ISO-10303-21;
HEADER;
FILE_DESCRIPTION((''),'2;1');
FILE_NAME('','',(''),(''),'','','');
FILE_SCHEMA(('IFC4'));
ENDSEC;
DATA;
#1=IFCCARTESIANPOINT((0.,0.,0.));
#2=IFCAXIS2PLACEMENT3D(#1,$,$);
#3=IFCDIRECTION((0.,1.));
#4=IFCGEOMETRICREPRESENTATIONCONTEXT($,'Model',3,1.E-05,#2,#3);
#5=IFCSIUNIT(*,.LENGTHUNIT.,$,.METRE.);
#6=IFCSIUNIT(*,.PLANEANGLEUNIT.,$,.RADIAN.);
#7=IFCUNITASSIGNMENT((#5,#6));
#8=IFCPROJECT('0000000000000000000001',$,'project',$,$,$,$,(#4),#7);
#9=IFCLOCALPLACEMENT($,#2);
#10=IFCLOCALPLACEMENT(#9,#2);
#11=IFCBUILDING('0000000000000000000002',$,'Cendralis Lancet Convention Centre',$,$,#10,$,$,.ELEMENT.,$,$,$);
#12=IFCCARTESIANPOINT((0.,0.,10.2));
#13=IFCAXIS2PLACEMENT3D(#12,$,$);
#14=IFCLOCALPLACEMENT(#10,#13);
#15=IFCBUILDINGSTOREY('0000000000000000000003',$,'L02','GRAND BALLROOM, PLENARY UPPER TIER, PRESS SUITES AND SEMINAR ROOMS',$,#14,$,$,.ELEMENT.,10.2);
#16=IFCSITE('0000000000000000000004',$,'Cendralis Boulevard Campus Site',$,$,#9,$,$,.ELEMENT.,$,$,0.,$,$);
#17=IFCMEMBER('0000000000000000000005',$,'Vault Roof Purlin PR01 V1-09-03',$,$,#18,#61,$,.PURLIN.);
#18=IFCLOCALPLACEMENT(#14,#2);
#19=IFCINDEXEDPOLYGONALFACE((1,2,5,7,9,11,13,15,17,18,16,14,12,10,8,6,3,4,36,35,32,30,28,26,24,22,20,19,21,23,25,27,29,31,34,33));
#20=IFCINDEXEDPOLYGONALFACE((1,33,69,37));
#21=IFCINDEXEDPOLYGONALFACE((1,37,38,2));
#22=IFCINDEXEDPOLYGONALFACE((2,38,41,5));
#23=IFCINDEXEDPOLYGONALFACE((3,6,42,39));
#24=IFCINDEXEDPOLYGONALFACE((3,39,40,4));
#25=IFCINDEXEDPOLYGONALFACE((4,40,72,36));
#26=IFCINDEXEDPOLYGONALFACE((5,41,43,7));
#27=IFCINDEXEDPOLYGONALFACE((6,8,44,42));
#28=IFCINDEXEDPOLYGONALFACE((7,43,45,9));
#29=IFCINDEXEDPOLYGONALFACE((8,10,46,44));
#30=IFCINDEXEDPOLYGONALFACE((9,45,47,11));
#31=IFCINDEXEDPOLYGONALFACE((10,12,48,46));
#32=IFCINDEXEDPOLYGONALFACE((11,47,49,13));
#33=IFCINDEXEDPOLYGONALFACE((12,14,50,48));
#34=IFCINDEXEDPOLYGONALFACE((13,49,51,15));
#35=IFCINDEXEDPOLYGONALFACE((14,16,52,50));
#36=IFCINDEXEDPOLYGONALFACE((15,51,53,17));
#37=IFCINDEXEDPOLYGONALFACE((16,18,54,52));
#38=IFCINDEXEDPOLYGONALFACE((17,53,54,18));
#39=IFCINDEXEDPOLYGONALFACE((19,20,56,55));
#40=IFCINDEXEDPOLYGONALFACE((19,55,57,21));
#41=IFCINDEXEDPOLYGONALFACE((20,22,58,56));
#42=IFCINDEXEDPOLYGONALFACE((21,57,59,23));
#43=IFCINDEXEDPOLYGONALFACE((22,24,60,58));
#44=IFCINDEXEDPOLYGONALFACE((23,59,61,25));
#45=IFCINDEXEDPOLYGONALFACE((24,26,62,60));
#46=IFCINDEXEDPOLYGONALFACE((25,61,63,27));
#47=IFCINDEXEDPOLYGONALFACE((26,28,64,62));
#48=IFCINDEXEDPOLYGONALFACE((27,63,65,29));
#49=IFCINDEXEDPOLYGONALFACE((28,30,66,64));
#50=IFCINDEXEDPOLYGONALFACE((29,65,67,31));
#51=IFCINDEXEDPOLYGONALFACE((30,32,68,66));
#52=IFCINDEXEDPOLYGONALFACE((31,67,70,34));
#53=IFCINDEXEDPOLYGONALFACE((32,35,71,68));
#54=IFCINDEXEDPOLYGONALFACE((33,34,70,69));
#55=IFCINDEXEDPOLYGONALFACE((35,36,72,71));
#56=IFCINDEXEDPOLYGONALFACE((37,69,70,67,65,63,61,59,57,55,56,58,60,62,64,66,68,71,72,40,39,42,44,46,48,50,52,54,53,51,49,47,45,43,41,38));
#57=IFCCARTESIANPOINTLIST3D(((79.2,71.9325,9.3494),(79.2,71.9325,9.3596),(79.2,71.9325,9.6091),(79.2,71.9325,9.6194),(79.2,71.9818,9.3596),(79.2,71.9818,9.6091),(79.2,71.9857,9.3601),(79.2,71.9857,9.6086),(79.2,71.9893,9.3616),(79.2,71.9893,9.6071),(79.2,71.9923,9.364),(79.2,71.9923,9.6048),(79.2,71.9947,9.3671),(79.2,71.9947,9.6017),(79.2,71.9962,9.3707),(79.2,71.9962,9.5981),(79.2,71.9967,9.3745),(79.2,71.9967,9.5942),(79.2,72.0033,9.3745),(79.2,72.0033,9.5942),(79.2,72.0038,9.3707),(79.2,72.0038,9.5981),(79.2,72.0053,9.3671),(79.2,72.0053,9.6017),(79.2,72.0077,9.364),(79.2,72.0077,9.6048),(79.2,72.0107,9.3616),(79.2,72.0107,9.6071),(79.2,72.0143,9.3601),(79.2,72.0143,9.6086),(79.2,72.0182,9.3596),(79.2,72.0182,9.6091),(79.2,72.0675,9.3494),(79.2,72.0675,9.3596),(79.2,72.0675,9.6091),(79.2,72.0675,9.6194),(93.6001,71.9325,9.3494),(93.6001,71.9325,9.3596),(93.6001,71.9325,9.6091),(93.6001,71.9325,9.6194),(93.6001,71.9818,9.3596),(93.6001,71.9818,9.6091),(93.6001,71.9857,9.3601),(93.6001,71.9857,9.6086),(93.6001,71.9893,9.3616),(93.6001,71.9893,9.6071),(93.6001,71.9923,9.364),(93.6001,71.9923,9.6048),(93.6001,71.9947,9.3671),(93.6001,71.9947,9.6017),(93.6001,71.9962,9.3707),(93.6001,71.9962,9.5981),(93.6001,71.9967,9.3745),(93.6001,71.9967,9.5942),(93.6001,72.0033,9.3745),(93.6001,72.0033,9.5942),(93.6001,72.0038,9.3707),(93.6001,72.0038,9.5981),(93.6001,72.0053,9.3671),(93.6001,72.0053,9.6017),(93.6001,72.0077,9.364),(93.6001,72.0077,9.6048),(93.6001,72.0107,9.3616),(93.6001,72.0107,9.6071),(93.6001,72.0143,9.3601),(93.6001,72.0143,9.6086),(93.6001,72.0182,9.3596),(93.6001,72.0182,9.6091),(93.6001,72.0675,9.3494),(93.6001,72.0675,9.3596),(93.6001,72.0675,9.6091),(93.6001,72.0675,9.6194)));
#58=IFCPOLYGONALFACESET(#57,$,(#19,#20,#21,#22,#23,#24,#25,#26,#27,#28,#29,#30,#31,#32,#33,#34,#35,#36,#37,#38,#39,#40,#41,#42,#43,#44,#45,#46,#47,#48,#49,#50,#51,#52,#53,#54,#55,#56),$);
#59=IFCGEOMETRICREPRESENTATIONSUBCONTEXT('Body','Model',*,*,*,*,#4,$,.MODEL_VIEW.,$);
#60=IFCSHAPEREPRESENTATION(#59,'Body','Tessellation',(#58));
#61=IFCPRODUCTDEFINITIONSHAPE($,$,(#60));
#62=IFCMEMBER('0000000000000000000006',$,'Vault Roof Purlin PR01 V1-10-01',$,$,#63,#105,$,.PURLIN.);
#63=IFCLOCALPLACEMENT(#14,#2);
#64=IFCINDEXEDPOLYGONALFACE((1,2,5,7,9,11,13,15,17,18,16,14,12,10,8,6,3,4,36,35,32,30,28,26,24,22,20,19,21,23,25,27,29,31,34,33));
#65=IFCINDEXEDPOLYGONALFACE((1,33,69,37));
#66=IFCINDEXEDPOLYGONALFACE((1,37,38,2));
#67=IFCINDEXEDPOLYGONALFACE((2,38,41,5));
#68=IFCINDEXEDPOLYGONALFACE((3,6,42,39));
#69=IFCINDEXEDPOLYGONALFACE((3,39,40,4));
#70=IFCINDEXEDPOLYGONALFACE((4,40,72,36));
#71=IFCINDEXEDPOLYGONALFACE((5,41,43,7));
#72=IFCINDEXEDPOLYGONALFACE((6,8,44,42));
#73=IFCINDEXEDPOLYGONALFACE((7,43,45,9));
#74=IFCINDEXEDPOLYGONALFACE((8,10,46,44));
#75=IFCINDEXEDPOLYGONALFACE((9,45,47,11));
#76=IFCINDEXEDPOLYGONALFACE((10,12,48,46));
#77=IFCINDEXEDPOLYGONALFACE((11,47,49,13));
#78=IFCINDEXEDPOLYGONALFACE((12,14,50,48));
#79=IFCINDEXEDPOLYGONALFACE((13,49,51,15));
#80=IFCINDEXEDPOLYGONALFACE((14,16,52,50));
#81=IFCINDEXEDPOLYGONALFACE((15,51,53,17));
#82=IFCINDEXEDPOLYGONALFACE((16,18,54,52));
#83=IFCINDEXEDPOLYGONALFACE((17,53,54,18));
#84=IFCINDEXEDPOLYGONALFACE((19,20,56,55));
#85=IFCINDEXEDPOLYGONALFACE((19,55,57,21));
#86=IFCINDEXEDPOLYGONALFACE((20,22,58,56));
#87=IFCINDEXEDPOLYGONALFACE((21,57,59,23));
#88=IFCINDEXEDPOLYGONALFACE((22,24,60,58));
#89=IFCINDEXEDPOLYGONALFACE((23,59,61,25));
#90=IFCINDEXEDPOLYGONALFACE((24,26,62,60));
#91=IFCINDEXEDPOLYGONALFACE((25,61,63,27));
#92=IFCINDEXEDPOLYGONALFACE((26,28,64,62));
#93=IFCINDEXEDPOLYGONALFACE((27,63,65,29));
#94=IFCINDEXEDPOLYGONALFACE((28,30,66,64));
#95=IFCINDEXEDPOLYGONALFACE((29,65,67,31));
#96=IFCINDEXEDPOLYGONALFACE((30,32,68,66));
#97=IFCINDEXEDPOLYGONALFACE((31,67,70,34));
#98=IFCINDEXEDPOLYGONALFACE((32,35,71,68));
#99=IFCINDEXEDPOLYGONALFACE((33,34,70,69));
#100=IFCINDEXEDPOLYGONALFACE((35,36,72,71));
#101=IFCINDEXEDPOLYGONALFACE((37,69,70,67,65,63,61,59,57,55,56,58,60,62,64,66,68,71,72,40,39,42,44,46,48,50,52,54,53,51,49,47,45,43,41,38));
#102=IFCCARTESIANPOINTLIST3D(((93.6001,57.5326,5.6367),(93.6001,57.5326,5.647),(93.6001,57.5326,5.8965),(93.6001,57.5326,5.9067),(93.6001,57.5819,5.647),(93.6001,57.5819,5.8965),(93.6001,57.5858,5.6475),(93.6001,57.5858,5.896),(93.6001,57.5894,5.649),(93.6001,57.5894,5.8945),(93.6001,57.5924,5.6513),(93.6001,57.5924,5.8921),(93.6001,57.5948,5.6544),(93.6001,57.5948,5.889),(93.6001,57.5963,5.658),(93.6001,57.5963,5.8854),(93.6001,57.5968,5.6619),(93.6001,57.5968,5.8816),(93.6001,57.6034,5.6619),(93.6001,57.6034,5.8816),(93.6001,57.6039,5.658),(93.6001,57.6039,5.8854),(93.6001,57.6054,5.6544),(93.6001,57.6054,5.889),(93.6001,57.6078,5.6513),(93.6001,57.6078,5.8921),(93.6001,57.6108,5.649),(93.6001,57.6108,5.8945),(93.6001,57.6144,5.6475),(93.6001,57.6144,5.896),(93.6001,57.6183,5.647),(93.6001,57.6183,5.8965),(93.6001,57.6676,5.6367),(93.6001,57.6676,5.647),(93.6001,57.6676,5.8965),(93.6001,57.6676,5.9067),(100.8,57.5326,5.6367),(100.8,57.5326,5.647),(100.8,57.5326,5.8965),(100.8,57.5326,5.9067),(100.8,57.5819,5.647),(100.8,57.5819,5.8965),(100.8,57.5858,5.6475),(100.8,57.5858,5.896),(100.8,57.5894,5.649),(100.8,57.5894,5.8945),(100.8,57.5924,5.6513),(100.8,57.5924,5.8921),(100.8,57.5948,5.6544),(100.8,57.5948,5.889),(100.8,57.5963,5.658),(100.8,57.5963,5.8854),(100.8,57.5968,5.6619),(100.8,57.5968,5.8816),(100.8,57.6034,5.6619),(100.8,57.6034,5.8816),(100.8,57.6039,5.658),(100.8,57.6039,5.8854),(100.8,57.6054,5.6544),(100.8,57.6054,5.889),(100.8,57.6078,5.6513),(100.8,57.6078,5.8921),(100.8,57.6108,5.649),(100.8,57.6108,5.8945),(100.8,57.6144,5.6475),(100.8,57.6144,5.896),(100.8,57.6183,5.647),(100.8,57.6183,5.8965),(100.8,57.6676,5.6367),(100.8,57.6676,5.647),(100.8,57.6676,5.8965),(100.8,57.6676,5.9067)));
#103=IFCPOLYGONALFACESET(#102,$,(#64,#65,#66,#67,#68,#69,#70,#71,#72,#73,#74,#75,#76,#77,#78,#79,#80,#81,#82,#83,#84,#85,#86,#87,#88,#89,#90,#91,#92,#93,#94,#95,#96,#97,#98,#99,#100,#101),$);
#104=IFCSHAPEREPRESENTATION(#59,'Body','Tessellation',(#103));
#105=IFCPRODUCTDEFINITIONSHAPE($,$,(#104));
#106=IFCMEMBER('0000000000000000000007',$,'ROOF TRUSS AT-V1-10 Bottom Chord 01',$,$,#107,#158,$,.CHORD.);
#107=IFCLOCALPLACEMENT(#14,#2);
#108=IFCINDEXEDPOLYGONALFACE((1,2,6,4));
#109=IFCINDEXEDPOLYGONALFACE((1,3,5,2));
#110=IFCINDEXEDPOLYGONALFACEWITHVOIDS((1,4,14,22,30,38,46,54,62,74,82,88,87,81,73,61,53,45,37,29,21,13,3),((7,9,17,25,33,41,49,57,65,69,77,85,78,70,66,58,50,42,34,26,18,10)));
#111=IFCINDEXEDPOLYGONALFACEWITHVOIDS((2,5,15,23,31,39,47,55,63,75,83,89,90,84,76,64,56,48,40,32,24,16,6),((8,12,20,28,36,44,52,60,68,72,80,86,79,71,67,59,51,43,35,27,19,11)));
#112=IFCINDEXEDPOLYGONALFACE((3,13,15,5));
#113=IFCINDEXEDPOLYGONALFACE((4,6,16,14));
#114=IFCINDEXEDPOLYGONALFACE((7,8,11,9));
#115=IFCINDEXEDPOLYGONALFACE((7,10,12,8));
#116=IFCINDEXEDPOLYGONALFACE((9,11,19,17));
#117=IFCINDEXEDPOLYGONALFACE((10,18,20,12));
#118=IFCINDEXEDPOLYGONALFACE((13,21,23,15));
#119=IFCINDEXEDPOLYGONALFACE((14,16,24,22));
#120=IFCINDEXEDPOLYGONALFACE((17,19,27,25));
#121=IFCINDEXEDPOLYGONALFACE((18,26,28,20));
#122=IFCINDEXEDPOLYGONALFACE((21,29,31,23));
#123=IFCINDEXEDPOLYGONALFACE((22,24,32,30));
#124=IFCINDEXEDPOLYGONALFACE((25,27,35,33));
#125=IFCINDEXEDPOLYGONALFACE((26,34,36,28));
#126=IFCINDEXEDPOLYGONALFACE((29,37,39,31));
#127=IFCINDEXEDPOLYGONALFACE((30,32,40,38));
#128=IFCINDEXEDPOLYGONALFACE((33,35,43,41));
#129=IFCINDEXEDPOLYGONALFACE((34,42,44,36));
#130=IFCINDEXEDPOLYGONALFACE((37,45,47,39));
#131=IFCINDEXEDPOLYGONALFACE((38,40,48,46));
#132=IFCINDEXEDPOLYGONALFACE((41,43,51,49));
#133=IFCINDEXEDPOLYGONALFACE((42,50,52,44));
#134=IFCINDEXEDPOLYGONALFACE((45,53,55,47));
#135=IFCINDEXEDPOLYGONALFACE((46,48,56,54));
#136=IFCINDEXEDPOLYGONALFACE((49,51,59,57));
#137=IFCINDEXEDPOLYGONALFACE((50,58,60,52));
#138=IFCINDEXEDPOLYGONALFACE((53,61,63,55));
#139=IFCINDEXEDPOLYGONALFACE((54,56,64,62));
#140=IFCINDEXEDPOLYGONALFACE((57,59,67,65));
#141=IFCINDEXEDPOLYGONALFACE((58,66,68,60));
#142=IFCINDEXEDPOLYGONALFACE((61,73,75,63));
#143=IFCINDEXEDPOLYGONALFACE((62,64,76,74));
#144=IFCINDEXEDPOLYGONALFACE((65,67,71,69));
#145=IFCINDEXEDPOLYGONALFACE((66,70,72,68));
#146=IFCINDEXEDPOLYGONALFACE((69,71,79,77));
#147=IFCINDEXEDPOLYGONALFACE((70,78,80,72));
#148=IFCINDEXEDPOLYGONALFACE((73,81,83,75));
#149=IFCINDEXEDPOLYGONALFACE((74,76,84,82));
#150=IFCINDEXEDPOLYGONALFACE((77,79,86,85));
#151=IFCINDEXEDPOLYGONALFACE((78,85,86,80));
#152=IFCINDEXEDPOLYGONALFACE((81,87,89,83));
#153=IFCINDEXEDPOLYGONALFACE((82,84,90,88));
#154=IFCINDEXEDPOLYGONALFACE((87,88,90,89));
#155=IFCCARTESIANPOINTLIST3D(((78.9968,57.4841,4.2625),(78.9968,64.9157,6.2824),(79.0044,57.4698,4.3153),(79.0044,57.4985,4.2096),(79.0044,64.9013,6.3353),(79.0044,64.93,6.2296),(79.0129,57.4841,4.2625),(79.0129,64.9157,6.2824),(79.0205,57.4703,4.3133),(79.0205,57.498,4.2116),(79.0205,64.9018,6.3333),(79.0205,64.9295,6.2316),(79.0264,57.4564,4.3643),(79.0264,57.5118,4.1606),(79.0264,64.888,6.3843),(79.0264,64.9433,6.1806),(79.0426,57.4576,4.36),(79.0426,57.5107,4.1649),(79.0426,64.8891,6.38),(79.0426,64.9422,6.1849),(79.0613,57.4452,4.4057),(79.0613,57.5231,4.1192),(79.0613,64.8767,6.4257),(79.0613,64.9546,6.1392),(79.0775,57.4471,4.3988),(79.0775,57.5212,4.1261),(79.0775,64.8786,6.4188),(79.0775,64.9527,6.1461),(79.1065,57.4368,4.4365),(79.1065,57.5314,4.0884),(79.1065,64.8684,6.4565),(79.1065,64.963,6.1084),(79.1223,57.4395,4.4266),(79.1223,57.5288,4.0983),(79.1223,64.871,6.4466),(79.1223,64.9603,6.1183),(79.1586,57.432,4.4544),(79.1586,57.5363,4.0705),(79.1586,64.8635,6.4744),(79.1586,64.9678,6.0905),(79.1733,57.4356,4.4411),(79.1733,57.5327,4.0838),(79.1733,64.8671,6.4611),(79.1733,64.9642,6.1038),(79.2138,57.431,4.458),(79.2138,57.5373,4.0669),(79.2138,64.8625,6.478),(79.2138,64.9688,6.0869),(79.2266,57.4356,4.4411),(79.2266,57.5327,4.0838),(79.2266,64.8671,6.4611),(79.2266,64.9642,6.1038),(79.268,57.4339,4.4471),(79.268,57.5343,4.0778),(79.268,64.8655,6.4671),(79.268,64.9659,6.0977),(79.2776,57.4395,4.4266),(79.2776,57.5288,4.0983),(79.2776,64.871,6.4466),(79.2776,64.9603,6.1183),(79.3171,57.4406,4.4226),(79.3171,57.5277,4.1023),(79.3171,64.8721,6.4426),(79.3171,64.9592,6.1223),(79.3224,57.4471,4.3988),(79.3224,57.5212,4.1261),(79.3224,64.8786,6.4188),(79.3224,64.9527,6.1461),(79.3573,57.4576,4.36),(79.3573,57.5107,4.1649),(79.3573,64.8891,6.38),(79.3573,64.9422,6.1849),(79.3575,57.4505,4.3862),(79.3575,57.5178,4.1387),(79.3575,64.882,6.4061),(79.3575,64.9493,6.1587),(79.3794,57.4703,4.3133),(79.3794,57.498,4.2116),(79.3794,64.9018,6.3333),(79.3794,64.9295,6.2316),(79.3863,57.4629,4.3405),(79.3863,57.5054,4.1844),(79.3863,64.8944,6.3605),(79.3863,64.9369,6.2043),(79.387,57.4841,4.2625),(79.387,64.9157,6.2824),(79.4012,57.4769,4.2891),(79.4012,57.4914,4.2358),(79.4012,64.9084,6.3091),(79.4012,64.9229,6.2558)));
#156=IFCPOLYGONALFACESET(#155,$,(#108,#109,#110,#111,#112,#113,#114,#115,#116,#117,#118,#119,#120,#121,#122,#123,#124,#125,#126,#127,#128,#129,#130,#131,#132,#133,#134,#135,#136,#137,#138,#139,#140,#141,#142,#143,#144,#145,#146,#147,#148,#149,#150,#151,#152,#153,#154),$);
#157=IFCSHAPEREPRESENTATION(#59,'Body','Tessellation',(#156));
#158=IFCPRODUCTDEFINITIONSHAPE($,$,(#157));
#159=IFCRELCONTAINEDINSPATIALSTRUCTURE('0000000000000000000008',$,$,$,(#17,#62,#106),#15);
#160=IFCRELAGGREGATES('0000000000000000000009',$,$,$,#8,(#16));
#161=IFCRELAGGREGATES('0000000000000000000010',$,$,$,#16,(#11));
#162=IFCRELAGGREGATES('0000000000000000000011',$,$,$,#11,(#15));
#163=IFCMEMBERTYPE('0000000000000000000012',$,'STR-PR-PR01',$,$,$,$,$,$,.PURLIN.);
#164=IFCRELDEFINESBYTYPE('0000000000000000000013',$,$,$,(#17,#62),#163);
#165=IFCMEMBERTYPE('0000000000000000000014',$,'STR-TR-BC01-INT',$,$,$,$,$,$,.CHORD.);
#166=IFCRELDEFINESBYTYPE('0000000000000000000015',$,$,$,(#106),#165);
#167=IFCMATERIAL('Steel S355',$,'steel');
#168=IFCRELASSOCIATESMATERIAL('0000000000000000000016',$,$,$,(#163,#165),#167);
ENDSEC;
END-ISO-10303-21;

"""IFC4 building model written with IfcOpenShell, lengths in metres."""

from ifc_helpers import new_model, si_unit, direction, frame, origin, origin_2d, place, context, subcontext, project, spatial, hollow_circle, i_section, extrude, material, material_profile, profile_set, type_object, element, save


model = new_model("IFC4")

# Units and contexts
model_context = context("Model", 3, precision=1e-05, world=origin(), true_north=direction((0.0, 1.0)))
body_context = subcontext(model_context, "Body", "Model", "MODEL_VIEW")
ifc_project = project(units=[si_unit("LENGTHUNIT", "METRE"), si_unit("PLANEANGLEUNIT", "RADIAN")], contexts=[model_context])

# Site, building, storey
site_placement = place(None, origin())
site = spatial("IfcSite", under=ifc_project, at=site_placement, Name="Cendralis Boulevard Campus Site", CompositionType="ELEMENT", RefElevation=0.0)
building_placement = place(site_placement, origin())
building = spatial("IfcBuilding", under=site, at=building_placement, Name="Cendralis Lancet Convention Centre", CompositionType="ELEMENT")
storey_placement = place(building_placement, frame((0.0, 0.0, 10.2)))
storey = spatial("IfcBuildingStorey", under=building, at=storey_placement, Name="L02", Description="GRAND BALLROOM, PLENARY UPPER TIER, PRESS SUITES AND SEMINAR ROOMS", CompositionType="ELEMENT", Elevation=10.2)

# Members
ifc_material = material(Name="Steel S355", Category="steel")
ifc_material_profile_1 = material_profile(ifc_material, i_section(OverallWidth=0.135, OverallDepth=0.27, WebThickness=0.0066, FlangeThickness=0.0103, FilletRadius=0.0149, at=origin_2d()), Name="IPE 270")
ifc_profile_set_1 = profile_set([ifc_material_profile_1], Name="Steel S355")
member_type_1 = type_object("IfcMemberType", Name="STR-PR-PR01", PredefinedType="PURLIN", material=ifc_profile_set_1)
for number, where, z_axis, x_axis, name in (
    (1, (79.2, 72.0, 9.4844), (1.0, 0.0, 0.0), (0.0, 1.0, 0.0), "Vault Roof Purlin PR01 V1-09-03"),
):
    element("IfcMember", number, at=place(storey_placement, frame(where, z_axis=z_axis, x_axis=x_axis)), inside=storey, type_object=member_type_1, Name=name, PredefinedType="PURLIN", context=body_context, shape_type="SweptSolid", body=[
        extrude(i_section(OverallWidth=0.135, OverallDepth=0.27, WebThickness=0.0066, FlangeThickness=0.0103, FilletRadius=0.0149, at=origin_2d()), origin(), (0.0, 0.0, 1.0), 14.4001),
    ])
member_1_placement = place(storey_placement, frame((93.6001, 57.6001, 5.7717), z_axis=(1.0, 0.0, 0.0), x_axis=(0.0, 1.0, 0.0)))
element("IfcMember", 2, at=member_1_placement, inside=storey, type_object=member_type_1, Name="Vault Roof Purlin PR01 V1-10-01", PredefinedType="PURLIN", context=body_context, shape_type="SweptSolid", body=[
    extrude(i_section(OverallWidth=0.135, OverallDepth=0.27, WebThickness=0.0066, FlangeThickness=0.0103, FilletRadius=0.0149, at=origin_2d()), origin(), (0.0, 0.0, 1.0), 7.2),
])
ifc_material_profile_2 = material_profile(ifc_material, hollow_circle(Radius=0.2031, WallThickness=0.0161, at=origin_2d()), Name="CHS 406.4x16.0")
ifc_profile_set_2 = profile_set([ifc_material_profile_2], Name="Steel S355")
member_type_2 = type_object("IfcMemberType", Name="STR-TR-BC01-INT", PredefinedType="CHORD", material=ifc_profile_set_2)
member_2_placement = place(storey_placement, frame((79.2, 57.4841, 4.2625), z_axis=(0.0, 0.964987, 0.262296), x_axis=(-1.0, 0.0, 0.0)))
element("IfcMember", 3, at=member_2_placement, inside=storey, type_object=member_type_2, Name="ROOF TRUSS AT-V1-10 Bottom Chord 01", PredefinedType="CHORD", context=body_context, shape_type="SweptSolid", body=[
    extrude(hollow_circle(Radius=0.2031, WallThickness=0.0161, at=origin_2d()), origin(), (0.0, 0.0, 1.0), 7.7012),
])

save(model, "model.ifc")
